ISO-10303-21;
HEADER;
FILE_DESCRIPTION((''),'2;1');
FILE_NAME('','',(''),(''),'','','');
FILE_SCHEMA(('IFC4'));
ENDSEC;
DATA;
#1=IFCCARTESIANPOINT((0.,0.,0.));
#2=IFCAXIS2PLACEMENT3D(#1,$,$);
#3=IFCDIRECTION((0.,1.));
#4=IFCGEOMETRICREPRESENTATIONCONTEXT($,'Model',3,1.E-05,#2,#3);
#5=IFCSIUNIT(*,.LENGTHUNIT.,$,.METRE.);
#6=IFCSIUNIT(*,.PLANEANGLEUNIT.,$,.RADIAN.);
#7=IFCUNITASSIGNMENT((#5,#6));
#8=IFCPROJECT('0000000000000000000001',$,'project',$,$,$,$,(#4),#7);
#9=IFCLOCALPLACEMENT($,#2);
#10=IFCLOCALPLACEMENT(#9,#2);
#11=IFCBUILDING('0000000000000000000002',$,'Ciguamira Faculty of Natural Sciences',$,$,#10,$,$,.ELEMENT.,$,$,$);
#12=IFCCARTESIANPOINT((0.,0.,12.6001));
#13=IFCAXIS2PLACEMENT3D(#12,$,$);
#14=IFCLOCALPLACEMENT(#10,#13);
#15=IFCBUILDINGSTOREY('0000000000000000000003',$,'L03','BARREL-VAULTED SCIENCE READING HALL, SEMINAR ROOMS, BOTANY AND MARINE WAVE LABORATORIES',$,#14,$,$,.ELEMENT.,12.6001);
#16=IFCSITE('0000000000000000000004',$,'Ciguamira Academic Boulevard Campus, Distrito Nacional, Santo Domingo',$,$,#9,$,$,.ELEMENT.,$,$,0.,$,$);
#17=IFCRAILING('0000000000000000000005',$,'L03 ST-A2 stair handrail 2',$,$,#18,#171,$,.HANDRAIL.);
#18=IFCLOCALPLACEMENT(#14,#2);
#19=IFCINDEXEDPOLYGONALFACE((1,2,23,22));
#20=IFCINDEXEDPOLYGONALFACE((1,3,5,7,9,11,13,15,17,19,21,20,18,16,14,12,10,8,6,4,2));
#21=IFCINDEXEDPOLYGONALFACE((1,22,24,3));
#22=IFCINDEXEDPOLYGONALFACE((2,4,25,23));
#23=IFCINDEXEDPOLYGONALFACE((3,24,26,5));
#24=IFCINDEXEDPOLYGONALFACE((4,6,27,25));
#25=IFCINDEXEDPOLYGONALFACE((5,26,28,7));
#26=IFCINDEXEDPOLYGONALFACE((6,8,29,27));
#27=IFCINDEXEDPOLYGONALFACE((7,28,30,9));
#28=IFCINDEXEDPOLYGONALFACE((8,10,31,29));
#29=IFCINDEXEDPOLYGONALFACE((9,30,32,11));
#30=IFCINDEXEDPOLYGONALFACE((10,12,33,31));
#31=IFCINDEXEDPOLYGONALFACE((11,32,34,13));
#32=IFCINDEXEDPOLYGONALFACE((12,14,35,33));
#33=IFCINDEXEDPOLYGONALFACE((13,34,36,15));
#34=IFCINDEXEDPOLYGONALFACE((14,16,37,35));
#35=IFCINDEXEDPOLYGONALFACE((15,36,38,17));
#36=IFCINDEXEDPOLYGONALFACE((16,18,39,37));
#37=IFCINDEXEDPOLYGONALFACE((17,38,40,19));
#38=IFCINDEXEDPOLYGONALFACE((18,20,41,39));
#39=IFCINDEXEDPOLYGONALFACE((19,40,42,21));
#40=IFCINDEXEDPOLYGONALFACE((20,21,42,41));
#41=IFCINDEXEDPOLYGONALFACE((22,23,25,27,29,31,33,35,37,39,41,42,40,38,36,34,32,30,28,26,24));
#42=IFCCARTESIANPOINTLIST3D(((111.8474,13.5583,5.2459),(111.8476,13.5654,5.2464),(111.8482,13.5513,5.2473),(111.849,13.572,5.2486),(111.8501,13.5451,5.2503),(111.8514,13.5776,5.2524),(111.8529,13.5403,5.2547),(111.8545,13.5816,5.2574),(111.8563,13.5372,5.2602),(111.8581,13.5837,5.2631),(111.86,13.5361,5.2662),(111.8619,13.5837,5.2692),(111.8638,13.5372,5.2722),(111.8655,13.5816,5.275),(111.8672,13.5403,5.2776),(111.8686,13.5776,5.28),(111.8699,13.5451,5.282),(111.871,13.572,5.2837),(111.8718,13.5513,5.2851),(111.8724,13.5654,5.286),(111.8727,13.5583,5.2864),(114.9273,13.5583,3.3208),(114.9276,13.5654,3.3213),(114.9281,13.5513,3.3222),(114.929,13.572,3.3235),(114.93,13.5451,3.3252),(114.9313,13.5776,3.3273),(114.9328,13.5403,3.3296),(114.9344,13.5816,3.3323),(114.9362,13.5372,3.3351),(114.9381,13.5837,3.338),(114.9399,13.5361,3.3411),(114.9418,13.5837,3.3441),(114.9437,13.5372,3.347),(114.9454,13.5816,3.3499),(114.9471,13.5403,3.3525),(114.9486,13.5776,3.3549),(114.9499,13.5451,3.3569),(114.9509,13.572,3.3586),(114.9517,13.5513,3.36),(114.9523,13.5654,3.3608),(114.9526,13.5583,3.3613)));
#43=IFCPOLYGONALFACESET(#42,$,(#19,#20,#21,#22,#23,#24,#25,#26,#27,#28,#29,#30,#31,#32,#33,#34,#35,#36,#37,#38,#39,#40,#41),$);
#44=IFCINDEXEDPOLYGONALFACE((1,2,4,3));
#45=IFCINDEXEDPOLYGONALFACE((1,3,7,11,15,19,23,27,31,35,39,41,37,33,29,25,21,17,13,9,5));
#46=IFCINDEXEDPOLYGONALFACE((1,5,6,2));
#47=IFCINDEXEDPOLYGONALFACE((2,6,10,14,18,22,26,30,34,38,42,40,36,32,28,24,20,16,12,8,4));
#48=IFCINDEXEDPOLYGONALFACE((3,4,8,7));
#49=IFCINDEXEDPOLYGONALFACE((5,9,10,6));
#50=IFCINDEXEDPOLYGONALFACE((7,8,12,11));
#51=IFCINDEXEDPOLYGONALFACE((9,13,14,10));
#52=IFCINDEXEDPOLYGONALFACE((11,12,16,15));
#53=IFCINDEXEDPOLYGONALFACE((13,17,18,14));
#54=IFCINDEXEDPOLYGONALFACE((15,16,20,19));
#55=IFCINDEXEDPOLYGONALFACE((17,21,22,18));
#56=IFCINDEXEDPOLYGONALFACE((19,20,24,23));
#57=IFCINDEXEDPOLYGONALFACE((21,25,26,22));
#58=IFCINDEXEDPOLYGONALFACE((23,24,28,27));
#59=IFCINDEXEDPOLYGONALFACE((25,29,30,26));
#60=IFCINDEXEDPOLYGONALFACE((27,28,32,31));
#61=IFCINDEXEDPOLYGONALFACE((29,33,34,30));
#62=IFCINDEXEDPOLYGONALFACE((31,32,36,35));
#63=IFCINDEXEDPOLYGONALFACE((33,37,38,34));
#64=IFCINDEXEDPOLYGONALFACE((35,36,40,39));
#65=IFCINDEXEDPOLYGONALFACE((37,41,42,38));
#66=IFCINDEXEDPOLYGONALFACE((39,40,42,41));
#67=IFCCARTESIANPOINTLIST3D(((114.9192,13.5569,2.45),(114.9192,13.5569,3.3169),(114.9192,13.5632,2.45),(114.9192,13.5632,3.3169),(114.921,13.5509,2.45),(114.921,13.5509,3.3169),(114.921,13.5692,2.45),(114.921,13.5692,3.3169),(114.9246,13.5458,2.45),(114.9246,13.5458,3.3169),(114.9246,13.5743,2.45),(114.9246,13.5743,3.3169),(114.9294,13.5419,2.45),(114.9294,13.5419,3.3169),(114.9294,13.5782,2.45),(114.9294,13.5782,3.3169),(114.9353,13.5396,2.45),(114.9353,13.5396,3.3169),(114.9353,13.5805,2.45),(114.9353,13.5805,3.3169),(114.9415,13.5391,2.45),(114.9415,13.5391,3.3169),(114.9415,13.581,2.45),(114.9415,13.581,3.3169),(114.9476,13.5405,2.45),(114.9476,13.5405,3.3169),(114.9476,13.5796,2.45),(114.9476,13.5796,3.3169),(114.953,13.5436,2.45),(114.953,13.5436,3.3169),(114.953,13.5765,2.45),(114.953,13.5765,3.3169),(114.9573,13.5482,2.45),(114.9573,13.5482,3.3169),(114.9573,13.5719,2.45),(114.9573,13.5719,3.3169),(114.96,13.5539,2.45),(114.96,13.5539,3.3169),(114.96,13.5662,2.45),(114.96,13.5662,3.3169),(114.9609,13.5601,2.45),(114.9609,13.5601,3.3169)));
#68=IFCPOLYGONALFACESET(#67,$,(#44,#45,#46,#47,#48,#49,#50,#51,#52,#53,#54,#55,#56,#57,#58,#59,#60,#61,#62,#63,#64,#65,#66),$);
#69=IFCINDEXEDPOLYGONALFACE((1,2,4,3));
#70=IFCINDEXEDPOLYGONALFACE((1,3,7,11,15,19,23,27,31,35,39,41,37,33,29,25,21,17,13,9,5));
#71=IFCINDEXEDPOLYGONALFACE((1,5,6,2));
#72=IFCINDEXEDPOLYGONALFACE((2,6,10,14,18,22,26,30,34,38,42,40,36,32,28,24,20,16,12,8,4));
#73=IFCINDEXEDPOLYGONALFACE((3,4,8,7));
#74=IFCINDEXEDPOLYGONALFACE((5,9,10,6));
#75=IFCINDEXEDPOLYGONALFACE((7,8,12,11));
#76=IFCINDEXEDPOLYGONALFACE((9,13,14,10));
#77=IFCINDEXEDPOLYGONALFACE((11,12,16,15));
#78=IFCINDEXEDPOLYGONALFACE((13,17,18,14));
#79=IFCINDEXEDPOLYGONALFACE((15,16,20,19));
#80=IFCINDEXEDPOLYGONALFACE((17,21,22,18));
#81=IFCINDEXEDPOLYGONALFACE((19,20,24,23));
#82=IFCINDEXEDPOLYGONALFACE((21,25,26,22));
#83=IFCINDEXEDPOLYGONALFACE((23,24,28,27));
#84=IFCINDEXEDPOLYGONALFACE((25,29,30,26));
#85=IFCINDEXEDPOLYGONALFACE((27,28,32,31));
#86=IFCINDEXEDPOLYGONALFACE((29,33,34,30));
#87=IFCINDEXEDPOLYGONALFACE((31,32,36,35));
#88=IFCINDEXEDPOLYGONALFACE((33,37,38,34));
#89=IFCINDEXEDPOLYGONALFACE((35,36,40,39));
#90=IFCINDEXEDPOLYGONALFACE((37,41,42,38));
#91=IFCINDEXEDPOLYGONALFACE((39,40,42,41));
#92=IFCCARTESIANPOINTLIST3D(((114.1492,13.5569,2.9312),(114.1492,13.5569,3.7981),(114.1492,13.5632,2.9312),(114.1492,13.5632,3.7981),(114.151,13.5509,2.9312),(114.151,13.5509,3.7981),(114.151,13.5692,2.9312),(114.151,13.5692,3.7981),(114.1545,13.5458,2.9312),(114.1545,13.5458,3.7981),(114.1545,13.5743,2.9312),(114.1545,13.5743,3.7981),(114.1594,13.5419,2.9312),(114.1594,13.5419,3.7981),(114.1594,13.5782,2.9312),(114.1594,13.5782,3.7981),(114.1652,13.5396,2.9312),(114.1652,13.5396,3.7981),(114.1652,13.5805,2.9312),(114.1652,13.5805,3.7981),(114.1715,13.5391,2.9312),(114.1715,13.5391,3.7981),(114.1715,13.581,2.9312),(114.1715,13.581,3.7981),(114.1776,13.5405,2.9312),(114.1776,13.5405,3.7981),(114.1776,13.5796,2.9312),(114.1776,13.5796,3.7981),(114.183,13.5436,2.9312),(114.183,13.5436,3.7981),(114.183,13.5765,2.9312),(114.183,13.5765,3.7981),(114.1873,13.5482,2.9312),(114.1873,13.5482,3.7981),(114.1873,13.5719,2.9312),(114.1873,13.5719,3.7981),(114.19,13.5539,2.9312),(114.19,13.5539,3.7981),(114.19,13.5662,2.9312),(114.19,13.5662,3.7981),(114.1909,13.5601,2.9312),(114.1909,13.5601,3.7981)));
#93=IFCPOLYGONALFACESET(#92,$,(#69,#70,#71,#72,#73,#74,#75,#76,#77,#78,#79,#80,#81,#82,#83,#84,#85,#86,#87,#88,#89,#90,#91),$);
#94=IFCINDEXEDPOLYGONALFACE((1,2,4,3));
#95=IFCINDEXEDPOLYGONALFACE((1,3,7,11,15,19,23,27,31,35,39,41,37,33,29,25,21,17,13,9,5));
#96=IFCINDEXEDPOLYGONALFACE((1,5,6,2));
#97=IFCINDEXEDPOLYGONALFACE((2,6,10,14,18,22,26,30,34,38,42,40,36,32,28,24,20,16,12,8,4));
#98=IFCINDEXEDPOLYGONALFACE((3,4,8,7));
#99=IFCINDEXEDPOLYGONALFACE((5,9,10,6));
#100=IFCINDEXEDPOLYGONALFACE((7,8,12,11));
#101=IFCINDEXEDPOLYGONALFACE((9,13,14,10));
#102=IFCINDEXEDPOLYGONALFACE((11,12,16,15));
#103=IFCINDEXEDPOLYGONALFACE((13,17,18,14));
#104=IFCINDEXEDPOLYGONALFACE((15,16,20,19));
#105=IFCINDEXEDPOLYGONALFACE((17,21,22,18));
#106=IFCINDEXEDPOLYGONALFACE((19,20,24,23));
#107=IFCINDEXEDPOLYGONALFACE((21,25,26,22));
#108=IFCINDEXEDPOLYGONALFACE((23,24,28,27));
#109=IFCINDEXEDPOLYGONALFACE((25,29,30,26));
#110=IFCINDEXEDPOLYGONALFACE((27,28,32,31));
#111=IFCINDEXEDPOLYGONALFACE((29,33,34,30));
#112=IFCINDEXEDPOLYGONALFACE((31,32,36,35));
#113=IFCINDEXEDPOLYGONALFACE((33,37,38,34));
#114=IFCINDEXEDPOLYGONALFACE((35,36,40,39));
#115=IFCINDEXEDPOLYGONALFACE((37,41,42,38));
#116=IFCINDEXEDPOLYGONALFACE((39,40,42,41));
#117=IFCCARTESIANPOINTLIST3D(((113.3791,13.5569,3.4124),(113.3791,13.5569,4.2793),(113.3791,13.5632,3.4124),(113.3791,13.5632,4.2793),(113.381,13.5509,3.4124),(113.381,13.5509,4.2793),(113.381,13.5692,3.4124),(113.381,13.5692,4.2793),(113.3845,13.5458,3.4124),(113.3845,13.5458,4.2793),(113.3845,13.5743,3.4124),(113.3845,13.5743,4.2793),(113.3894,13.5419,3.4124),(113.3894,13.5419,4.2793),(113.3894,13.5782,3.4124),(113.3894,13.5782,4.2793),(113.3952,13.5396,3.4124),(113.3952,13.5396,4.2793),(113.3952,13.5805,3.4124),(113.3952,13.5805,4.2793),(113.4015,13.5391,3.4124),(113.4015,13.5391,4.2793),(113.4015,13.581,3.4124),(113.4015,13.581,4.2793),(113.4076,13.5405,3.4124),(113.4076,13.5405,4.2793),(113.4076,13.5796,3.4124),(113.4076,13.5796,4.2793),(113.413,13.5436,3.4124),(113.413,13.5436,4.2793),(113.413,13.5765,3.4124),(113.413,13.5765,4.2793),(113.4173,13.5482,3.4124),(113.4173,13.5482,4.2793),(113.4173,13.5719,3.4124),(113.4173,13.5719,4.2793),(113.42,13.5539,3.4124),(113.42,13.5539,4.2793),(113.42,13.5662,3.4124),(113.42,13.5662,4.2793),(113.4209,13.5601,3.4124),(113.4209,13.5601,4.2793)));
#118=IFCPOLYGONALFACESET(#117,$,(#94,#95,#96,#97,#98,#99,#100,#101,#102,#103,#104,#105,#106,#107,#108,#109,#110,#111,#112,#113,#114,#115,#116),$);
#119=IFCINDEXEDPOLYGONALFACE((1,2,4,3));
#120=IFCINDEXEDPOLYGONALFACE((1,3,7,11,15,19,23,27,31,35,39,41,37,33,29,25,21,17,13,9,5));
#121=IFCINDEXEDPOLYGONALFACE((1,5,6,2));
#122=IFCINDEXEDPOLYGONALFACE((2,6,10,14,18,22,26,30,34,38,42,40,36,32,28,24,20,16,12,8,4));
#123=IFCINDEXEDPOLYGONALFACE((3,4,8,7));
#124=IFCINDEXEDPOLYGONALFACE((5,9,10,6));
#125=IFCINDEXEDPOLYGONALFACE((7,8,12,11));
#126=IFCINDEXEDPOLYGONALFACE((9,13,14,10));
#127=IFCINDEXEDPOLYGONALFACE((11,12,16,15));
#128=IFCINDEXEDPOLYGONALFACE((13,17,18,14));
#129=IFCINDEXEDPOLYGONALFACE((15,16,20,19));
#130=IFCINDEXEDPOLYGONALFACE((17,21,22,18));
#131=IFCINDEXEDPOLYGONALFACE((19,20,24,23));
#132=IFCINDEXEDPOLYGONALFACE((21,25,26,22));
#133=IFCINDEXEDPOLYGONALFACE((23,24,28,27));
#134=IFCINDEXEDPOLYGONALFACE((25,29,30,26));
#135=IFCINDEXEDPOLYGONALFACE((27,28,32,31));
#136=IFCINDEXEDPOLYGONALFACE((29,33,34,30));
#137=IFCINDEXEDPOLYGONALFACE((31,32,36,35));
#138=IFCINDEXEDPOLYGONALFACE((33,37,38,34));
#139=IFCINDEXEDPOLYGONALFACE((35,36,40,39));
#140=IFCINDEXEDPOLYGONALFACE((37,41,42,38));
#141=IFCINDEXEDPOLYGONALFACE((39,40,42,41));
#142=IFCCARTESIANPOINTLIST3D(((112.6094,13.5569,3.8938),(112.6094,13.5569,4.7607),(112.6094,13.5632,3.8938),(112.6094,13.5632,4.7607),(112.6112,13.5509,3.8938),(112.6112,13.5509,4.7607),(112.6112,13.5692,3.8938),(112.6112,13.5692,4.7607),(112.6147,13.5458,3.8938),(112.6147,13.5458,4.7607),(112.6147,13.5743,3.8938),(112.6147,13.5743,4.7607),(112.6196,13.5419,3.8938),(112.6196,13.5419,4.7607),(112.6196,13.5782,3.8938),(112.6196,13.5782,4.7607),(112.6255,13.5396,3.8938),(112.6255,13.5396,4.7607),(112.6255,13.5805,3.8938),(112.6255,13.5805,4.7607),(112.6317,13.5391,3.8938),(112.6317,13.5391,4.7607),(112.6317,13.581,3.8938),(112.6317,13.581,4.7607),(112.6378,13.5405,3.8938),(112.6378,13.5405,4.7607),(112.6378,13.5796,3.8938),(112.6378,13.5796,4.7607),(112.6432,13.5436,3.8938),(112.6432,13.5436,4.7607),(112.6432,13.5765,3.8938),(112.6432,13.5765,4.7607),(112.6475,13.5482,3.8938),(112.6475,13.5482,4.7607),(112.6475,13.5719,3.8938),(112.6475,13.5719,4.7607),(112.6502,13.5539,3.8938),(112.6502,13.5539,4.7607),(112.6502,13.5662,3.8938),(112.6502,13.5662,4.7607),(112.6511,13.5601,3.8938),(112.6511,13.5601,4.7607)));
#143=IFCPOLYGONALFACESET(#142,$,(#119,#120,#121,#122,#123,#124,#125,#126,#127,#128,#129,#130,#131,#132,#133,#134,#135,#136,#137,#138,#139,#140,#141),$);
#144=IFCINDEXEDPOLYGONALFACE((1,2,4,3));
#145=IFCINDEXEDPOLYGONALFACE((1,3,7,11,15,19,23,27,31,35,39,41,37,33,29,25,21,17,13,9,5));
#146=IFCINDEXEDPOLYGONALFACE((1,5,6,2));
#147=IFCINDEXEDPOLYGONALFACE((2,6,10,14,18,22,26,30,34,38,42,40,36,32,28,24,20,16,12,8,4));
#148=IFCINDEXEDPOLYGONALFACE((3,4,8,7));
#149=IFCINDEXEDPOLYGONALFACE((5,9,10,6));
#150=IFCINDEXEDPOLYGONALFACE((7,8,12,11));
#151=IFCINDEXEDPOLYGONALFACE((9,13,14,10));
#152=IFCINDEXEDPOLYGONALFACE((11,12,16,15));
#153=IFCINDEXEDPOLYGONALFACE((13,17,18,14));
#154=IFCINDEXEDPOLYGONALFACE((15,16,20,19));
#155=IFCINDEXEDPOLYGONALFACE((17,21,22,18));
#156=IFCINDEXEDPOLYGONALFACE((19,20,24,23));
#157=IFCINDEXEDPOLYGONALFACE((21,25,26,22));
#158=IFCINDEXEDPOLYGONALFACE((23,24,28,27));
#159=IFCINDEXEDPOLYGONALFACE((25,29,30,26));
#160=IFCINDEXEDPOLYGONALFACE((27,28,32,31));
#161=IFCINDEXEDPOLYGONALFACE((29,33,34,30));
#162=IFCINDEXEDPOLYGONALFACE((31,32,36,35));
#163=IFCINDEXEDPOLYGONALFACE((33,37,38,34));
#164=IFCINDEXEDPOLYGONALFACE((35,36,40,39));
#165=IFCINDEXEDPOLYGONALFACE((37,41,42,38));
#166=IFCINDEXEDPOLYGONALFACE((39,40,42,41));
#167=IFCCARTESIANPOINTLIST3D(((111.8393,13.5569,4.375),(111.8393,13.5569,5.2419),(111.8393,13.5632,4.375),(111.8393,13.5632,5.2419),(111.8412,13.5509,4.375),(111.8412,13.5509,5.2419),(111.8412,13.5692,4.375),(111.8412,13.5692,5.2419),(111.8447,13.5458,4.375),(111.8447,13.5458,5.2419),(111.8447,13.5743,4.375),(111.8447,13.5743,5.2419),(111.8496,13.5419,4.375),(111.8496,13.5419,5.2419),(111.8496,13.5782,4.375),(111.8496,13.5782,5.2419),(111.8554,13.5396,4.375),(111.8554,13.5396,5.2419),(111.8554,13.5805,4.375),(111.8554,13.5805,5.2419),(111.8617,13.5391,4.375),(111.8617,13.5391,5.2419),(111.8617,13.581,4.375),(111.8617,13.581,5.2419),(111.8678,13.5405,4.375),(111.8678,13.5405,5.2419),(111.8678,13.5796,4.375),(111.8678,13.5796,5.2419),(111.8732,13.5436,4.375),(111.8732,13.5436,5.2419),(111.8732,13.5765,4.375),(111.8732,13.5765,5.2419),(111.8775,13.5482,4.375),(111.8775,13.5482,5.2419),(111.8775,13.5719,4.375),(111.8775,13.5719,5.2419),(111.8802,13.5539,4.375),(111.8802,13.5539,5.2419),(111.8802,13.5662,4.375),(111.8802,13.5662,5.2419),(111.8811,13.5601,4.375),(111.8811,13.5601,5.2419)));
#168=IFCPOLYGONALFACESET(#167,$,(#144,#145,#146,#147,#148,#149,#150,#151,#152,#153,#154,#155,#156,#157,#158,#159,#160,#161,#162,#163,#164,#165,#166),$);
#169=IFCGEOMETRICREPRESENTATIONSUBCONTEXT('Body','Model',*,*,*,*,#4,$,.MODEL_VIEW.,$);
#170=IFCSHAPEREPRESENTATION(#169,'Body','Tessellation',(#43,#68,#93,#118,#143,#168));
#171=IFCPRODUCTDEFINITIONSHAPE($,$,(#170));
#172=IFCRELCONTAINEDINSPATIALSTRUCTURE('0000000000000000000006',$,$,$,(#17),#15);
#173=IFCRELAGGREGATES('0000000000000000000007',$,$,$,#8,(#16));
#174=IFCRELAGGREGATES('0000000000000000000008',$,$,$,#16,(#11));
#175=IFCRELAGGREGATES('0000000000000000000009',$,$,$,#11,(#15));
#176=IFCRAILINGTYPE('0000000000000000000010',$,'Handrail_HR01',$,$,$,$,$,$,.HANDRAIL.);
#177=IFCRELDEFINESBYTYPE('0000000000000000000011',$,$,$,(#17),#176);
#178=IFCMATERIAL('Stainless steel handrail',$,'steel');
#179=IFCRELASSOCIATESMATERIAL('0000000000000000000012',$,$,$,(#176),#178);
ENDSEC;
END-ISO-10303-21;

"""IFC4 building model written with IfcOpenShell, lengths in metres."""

from ifc_helpers import new_model, si_unit, direction, frame, origin, origin_2d, place, context, subcontext, project, spatial, circle, extrude, material, type_object, element, save


model = new_model("IFC4")

# Units and contexts
model_context = context("Model", 3, precision=1e-05, world=origin(), true_north=direction((0.0, 1.0)))
body_context = subcontext(model_context, "Body", "Model", "MODEL_VIEW")
ifc_project = project(units=[si_unit("LENGTHUNIT", "METRE"), si_unit("PLANEANGLEUNIT", "RADIAN")], contexts=[model_context])

# Site, building, storey
site_placement = place(None, origin())
site = spatial("IfcSite", under=ifc_project, at=site_placement, Name="Ciguamira Academic Boulevard Campus, Distrito Nacional, Santo Domingo", CompositionType="ELEMENT", RefElevation=0.0)
building_placement = place(site_placement, origin())
building = spatial("IfcBuilding", under=site, at=building_placement, Name="Ciguamira Faculty of Natural Sciences", CompositionType="ELEMENT")
storey_placement = place(building_placement, frame((0.0, 0.0, 12.6001)))
storey = spatial("IfcBuildingStorey", under=building, at=storey_placement, Name="L03", Description="BARREL-VAULTED SCIENCE READING HALL, SEMINAR ROOMS, BOTANY AND MARINE WAVE LABORATORIES", CompositionType="ELEMENT", Elevation=12.6001)

# Railing
ifc_material_1 = material(Name="Stainless steel handrail", Category="steel")
railing_type_1 = type_object("IfcRailingType", Name="Handrail_HR01", PredefinedType="HANDRAIL", material=ifc_material_1)
railing_1_placement = place(storey_placement, frame((114.9399, 13.5601, 2.45)))
element("IfcRailing", 1, at=railing_1_placement, inside=storey, type_object=railing_type_1, Name="L03 ST-A2 stair handrail 2", PredefinedType="HANDRAIL", context=body_context, shape_type="SweptSolid", body=[
    extrude(circle(Radius=0.0239, at=origin_2d()), frame((0.0, 0.0, 0.8911), z_axis=(-0.847979, 0.0, 0.530029), x_axis=(0.0, -1.0, 0.0)), (0.0, 0.0, 1.0), 3.6321),
    extrude(circle(Radius=0.021, at=origin_2d()), origin(), (0.0, 0.0, 1.0), 0.8669),
    extrude(circle(Radius=0.021, at=origin_2d()), frame((-0.77, 0.0, 0.4812)), (0.0, 0.0, 1.0), 0.8669),
    extrude(circle(Radius=0.021, at=origin_2d()), frame((-1.54, 0.0, 0.9624)), (0.0, 0.0, 1.0), 0.8669),
    extrude(circle(Radius=0.021, at=origin_2d()), frame((-2.3098, 0.0, 1.4438)), (0.0, 0.0, 1.0), 0.8669),
    extrude(circle(Radius=0.021, at=origin_2d()), frame((-3.0798, 0.0, 1.925)), (0.0, 0.0, 1.0), 0.8669),
])

save(model, "model.ifc")
